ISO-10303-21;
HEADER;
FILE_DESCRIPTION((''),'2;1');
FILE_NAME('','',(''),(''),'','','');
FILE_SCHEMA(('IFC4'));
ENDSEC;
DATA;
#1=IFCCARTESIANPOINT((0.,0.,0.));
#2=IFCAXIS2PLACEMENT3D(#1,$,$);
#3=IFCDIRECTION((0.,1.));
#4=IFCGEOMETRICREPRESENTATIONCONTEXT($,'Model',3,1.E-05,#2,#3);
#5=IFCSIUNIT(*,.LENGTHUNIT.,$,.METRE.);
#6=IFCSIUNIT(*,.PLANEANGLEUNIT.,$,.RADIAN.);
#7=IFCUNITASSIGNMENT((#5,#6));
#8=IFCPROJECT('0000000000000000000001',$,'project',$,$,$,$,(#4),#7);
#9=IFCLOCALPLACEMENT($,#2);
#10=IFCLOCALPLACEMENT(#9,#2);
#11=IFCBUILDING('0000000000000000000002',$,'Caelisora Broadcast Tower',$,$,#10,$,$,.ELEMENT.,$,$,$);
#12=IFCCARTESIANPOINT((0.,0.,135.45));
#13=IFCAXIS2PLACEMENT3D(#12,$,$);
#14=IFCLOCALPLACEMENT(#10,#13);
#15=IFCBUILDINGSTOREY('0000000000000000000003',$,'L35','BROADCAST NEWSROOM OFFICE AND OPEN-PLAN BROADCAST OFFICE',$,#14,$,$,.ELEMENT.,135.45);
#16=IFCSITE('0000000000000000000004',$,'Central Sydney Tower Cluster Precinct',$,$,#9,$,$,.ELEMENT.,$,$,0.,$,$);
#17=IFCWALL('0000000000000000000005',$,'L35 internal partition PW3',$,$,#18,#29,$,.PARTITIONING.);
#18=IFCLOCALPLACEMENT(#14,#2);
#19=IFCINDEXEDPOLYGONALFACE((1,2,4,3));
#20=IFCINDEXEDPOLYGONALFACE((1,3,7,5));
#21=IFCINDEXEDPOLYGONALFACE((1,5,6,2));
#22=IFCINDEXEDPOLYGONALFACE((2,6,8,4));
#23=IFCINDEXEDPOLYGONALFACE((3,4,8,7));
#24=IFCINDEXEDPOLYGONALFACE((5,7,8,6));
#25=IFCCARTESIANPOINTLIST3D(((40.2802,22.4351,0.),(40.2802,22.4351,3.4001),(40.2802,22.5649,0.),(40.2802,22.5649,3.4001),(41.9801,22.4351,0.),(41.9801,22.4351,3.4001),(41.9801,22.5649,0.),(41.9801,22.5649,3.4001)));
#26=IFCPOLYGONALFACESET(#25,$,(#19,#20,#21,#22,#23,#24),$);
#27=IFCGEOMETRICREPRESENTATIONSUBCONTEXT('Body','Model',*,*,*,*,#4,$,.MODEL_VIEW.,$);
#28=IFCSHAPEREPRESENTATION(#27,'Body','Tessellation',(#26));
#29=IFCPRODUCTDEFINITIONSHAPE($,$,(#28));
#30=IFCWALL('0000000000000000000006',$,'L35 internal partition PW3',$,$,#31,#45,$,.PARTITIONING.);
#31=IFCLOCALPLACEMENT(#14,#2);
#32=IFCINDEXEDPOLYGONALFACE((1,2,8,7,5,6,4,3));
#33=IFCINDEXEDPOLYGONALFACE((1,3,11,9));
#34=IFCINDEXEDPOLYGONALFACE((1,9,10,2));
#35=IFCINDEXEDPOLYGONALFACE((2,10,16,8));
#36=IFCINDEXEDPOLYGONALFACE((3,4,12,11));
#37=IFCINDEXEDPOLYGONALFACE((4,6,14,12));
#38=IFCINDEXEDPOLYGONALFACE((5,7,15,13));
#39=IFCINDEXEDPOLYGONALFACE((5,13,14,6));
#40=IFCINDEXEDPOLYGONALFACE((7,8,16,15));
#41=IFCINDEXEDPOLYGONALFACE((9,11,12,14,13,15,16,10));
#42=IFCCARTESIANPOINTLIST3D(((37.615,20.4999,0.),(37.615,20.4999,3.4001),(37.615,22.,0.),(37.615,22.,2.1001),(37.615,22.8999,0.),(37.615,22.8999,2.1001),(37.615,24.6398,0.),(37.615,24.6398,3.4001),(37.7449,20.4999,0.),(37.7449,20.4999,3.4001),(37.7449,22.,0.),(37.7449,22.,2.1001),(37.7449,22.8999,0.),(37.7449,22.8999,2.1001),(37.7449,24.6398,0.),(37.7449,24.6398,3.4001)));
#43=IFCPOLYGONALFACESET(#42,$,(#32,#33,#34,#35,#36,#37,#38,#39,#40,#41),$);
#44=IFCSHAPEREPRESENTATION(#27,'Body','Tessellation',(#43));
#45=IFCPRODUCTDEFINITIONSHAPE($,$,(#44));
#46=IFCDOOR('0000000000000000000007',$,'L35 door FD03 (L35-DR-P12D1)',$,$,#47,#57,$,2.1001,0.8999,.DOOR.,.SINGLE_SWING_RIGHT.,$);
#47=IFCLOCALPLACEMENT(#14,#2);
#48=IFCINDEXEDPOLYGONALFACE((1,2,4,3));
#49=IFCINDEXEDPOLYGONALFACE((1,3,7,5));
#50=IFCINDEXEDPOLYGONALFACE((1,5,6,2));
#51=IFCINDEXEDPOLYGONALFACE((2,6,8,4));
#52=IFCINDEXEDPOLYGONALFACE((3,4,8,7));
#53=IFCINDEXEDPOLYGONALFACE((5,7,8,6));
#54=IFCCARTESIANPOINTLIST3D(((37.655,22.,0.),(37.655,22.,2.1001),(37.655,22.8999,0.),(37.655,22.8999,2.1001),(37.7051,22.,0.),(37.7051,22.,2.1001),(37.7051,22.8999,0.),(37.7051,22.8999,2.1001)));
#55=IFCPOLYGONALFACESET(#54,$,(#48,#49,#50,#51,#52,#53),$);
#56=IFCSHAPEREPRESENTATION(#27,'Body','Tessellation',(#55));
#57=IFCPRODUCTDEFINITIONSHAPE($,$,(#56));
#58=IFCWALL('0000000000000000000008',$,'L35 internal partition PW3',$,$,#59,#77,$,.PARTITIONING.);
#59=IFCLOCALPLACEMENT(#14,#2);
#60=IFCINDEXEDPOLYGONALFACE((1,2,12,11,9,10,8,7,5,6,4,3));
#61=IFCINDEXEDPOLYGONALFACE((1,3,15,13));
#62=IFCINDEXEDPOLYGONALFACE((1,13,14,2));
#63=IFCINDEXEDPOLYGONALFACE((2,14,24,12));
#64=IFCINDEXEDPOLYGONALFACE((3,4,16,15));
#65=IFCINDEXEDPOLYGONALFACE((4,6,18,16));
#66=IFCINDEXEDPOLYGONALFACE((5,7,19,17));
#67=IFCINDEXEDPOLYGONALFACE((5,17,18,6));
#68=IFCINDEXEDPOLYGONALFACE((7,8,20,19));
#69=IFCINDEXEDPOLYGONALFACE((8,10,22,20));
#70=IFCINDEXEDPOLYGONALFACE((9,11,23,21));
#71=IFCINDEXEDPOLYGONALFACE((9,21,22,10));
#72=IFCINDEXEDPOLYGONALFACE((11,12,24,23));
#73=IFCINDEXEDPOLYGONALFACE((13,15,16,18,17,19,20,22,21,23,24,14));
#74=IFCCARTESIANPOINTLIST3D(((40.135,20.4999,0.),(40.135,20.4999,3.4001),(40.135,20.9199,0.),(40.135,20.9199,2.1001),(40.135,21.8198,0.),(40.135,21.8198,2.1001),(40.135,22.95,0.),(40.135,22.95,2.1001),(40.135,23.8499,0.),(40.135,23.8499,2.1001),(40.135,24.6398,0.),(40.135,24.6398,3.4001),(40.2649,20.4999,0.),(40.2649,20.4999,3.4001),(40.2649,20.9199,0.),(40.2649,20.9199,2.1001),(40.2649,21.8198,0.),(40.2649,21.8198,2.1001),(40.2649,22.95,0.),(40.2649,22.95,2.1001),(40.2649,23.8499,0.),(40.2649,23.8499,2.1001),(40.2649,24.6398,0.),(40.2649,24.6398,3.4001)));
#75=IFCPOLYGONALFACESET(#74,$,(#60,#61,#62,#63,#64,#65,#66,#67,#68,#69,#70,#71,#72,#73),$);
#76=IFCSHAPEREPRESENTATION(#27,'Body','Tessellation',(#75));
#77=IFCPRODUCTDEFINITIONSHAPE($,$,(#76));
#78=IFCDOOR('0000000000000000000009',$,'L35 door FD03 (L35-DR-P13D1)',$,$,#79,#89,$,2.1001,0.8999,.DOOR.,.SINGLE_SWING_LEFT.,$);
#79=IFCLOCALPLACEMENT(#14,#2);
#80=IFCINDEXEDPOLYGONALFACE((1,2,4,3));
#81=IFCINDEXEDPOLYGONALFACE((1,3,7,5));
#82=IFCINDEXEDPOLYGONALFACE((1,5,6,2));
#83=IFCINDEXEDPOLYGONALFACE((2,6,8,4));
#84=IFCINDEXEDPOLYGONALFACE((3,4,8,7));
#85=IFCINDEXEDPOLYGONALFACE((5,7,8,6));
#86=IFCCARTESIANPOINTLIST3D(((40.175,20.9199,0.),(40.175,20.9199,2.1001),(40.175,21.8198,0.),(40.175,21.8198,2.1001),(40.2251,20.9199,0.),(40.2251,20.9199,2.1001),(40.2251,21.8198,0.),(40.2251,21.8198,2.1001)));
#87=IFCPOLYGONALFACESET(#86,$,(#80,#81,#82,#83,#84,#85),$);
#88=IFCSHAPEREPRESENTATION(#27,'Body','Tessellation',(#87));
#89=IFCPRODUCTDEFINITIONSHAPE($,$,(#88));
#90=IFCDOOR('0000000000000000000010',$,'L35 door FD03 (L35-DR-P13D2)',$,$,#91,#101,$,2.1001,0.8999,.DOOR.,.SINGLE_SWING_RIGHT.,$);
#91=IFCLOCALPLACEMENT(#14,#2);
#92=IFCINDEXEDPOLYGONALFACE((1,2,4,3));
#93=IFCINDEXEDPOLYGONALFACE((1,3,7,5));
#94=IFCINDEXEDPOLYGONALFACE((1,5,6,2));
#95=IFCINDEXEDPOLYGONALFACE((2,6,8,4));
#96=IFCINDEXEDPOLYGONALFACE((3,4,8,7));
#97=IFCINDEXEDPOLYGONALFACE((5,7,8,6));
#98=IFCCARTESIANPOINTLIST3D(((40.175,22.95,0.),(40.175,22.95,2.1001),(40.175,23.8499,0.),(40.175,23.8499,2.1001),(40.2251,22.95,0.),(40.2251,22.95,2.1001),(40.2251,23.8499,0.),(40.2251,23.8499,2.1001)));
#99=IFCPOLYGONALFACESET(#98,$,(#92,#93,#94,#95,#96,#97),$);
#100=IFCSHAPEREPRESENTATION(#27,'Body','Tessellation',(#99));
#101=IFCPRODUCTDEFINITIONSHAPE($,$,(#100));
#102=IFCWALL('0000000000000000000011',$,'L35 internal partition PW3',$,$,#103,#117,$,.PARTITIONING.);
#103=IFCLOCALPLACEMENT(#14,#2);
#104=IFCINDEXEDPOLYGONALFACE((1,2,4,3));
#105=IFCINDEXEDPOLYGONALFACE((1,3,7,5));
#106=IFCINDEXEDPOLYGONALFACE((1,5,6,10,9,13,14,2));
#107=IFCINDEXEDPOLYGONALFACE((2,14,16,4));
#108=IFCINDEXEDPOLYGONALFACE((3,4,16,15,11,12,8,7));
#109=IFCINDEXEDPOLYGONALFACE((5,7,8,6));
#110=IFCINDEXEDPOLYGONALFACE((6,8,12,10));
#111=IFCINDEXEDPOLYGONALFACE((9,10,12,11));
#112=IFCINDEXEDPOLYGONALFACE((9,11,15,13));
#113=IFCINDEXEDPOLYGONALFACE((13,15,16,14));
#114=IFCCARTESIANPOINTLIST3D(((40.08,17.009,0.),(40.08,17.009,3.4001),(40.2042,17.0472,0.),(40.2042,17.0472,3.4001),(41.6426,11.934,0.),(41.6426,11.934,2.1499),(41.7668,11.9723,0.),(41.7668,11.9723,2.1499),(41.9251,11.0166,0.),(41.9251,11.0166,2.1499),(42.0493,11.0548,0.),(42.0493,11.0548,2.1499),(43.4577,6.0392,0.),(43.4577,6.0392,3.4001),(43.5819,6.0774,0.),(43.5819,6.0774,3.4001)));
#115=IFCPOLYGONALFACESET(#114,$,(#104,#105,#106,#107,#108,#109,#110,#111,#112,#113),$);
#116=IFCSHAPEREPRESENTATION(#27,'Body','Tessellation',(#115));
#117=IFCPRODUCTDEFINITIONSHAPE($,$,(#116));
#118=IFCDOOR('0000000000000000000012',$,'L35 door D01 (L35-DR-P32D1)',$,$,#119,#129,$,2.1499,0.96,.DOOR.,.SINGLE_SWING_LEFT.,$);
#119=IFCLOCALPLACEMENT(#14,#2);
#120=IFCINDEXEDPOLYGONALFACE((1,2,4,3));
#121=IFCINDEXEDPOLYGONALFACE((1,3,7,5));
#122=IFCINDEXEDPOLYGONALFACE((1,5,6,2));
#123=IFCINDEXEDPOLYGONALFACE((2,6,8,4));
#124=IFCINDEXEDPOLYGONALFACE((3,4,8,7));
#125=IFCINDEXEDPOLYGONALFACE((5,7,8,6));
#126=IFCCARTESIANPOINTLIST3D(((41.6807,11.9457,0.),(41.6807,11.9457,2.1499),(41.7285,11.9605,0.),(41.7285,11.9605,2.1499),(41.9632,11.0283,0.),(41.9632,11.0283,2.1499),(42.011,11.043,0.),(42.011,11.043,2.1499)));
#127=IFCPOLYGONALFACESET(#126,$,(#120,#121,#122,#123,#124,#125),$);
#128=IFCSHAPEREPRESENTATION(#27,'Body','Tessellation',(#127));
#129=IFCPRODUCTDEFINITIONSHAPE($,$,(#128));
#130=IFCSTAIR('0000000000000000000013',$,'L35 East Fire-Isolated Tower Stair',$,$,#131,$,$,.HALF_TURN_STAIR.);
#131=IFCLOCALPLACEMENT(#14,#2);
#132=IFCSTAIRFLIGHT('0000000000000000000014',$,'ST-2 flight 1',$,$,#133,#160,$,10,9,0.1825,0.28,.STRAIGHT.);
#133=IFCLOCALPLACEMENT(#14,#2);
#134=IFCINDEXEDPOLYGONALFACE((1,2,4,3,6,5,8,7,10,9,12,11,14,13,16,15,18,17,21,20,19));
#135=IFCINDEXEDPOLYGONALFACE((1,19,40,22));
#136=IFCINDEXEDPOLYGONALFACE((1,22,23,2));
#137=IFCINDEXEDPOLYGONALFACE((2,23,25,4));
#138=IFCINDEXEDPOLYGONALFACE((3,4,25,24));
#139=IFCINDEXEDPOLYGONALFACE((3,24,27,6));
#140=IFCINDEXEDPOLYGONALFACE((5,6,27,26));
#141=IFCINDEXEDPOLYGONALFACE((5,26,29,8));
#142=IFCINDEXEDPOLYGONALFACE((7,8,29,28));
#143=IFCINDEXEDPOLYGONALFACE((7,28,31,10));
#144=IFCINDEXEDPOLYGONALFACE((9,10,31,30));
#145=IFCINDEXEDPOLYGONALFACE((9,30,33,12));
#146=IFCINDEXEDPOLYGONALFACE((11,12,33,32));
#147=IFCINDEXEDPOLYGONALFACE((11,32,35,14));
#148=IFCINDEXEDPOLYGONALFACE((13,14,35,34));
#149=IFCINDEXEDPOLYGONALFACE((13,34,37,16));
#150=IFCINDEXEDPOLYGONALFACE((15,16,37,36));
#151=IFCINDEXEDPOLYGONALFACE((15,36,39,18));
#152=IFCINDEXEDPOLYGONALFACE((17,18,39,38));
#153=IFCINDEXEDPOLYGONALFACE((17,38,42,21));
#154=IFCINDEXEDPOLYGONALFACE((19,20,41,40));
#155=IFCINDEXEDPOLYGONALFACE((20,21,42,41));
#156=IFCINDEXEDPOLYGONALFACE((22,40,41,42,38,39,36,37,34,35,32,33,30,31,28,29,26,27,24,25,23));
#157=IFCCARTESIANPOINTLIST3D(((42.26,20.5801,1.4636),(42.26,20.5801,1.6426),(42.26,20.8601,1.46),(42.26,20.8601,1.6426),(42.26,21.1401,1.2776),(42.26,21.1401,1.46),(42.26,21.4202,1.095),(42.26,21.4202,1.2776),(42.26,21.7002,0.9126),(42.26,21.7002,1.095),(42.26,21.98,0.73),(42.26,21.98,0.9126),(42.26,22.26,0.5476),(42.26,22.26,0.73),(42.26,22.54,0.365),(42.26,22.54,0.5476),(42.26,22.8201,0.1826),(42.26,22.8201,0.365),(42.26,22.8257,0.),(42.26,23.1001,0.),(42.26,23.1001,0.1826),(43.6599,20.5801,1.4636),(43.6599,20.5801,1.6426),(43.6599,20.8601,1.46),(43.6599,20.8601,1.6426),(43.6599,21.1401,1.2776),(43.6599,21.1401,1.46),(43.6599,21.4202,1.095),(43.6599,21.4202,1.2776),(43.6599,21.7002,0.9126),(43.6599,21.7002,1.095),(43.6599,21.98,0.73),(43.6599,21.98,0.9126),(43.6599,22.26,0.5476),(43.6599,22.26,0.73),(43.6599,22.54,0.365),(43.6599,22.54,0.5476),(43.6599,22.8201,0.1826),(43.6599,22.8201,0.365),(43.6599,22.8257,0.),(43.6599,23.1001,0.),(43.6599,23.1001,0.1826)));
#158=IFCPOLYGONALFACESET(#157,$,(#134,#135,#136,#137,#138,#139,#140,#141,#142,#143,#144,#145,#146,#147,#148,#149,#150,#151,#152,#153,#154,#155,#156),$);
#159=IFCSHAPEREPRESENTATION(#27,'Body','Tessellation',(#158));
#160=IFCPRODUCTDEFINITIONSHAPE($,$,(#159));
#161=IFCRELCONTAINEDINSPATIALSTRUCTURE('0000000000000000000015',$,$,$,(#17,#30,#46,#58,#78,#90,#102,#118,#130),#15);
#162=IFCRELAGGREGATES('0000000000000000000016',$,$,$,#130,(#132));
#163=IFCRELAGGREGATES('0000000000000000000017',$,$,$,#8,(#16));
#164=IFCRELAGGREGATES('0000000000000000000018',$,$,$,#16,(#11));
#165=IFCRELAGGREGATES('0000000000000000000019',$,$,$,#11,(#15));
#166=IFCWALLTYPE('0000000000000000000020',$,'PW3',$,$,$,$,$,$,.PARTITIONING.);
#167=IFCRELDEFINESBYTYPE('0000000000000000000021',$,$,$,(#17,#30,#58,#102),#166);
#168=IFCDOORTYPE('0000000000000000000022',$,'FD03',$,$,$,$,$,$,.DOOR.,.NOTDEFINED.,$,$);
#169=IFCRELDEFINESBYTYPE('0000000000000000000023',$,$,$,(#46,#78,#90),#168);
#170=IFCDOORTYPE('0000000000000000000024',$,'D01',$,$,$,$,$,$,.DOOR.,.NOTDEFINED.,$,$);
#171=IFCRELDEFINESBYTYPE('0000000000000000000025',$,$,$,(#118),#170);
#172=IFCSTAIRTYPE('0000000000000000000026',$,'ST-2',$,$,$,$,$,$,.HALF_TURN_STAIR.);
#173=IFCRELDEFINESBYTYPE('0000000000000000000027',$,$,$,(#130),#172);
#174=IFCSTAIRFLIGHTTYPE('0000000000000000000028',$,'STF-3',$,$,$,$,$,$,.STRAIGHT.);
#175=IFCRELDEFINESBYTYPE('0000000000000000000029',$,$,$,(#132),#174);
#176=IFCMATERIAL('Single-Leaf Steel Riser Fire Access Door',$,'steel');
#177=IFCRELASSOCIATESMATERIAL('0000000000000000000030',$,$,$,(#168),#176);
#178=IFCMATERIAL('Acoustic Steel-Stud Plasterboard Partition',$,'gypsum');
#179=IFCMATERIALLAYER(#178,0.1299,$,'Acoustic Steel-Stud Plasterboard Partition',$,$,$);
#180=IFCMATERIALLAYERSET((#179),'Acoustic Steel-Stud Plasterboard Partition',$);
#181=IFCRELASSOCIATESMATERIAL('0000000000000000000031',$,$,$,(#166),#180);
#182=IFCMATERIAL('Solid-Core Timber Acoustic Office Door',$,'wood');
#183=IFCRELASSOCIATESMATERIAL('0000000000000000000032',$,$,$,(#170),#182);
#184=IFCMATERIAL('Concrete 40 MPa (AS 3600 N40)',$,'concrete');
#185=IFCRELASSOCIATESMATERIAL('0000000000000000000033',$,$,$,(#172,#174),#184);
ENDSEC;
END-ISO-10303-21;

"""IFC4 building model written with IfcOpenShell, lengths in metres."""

from ifc_helpers import new_model, si_unit, direction, frame, frame_2d, origin, place, context, subcontext, project, spatial, polyline, rectangle, outline, extrude, material, layer, layer_set, type_object, element, fill, aggregate, save


model = new_model("IFC4")

# Units and contexts
model_context = context("Model", 3, precision=1e-05, world=origin(), true_north=direction((0.0, 1.0)))
body_context = subcontext(model_context, "Body", "Model", "MODEL_VIEW")
ifc_project = project(units=[si_unit("LENGTHUNIT", "METRE"), si_unit("PLANEANGLEUNIT", "RADIAN")], contexts=[model_context])

# Site, building, storey
site_placement = place(None, origin())
site = spatial("IfcSite", under=ifc_project, at=site_placement, Name="Central Sydney Tower Cluster Precinct", CompositionType="ELEMENT", RefElevation=0.0)
building_placement = place(site_placement, origin())
building = spatial("IfcBuilding", under=site, at=building_placement, Name="Caelisora Broadcast Tower", CompositionType="ELEMENT")
storey_placement = place(building_placement, frame((0.0, 0.0, 135.45)))
storey = spatial("IfcBuildingStorey", under=building, at=storey_placement, Name="L35", Description="BROADCAST NEWSROOM OFFICE AND OPEN-PLAN BROADCAST OFFICE", CompositionType="ELEMENT", Elevation=135.45)

# Shared definitions
ifc_material_1 = material(Name="Single-Leaf Steel Riser Fire Access Door", Category="steel")
door_type_1 = type_object("IfcDoorType", Name="FD03", OperationType="NOTDEFINED", PredefinedType="DOOR", material=ifc_material_1)

# Wall
ifc_material_2 = material(Name="Acoustic Steel-Stud Plasterboard Partition", Category="gypsum")
ifc_layer_1 = layer(ifc_material_2, 0.1299, Name="Acoustic Steel-Stud Plasterboard Partition")
ifc_layer_set_1 = layer_set([ifc_layer_1], Name="Acoustic Steel-Stud Plasterboard Partition")
wall_type_1 = type_object("IfcWallType", Name="PW3", PredefinedType="PARTITIONING", material=ifc_layer_set_1)
wall_1_placement = place(storey_placement, frame((40.28, 22.5, 0.0), z_axis=(0.0, 0.0, 1.0), x_axis=(1.0, 0.0, 0.0)))
element("IfcWall", 1, at=wall_1_placement, inside=storey, type_object=wall_type_1, Name="L35 internal partition PW3", PredefinedType="PARTITIONING", context=body_context, shape_type="SweptSolid", body=[
    extrude(rectangle(XDim=1.7, YDim=0.1299, at=frame_2d((0.8501, 0.0))), origin(), (0.0, 0.0, 1.0), 3.4001),
])

# Wall, opening, door
wall_2_placement = place(storey_placement, frame((37.6799, 20.5, 0.0), z_axis=(0.0, 0.0, 1.0), x_axis=(0.0, 1.0, 0.0)))
wall_2 = element("IfcWall", 2, at=wall_2_placement, inside=storey, type_object=wall_type_1, Name="L35 internal partition PW3", PredefinedType="PARTITIONING", context=body_context, shape_type="SweptSolid", body=[
    extrude(rectangle(XDim=4.1399, YDim=0.1299, at=frame_2d((2.0698, 0.0))), origin(), (0.0, 0.0, 1.0), 3.4001),
])
opening_1_placement = place(wall_2_placement, frame((1.5, 0.0, 0.0)))
opening_1 = element("IfcOpeningElement", 3, at=opening_1_placement, cuts=wall_2, PredefinedType="OPENING", context=body_context, shape_type="SweptSolid", body=[
    extrude(rectangle(XDim=0.8999, YDim=2.1001, at=frame_2d((0.45, 1.05))), frame((0.0, 0.0769, 0.0), z_axis=(0.0, -1.0, 0.0), x_axis=(1.0, 0.0, 0.0)), (0.0, 0.0, 1.0), 0.1538),
])
door_1_placement = place(opening_1_placement, origin())
door_1 = element("IfcDoor", 4, at=door_1_placement, inside=storey, type_object=door_type_1, Name="L35 door FD03 (L35-DR-P12D1)", OperationType="SINGLE_SWING_RIGHT", OverallHeight=2.1001, OverallWidth=0.8999, PredefinedType="DOOR", context=body_context, shape_type="SweptSolid", body=[
    extrude(rectangle(XDim=0.8999, YDim=2.1001, at=frame_2d((0.45, 1.05))), frame((0.0, 0.0249, 0.0), z_axis=(0.0, -1.0, 0.0), x_axis=(1.0, 0.0, 0.0)), (0.0, 0.0, 1.0), 0.05),
])
fill(opening_1, door_1)

# Wall, openings, doors
wall_3_placement = place(storey_placement, frame((40.2, 20.5, 0.0), z_axis=(0.0, 0.0, 1.0), x_axis=(0.0, 1.0, 0.0)))
wall_3 = element("IfcWall", 5, at=wall_3_placement, inside=storey, type_object=wall_type_1, Name="L35 internal partition PW3", PredefinedType="PARTITIONING", context=body_context, shape_type="SweptSolid", body=[
    extrude(rectangle(XDim=4.1399, YDim=0.1299, at=frame_2d((2.0698, 0.0))), origin(), (0.0, 0.0, 1.0), 3.4001),
])
opening_2_placement = place(wall_3_placement, frame((0.4199, 0.0, 0.0)))
opening_2 = element("IfcOpeningElement", 6, at=opening_2_placement, cuts=wall_3, PredefinedType="OPENING", context=body_context, shape_type="SweptSolid", body=[
    extrude(rectangle(XDim=0.8999, YDim=2.1001, at=frame_2d((0.45, 1.05))), frame((0.0, 0.0769, 0.0), z_axis=(0.0, -1.0, 0.0), x_axis=(1.0, 0.0, 0.0)), (0.0, 0.0, 1.0), 0.1538),
])
opening_3_placement = place(wall_3_placement, frame((2.45, 0.0, 0.0)))
opening_3 = element("IfcOpeningElement", 7, at=opening_3_placement, cuts=wall_3, PredefinedType="OPENING", context=body_context, shape_type="SweptSolid", body=[
    extrude(rectangle(XDim=0.8999, YDim=2.1001, at=frame_2d((0.45, 1.05))), frame((0.0, 0.0769, 0.0), z_axis=(0.0, -1.0, 0.0), x_axis=(1.0, 0.0, 0.0)), (0.0, 0.0, 1.0), 0.1538),
])
door_2_placement = place(opening_2_placement, origin())
door_2 = element("IfcDoor", 8, at=door_2_placement, inside=storey, type_object=door_type_1, Name="L35 door FD03 (L35-DR-P13D1)", OperationType="SINGLE_SWING_LEFT", OverallHeight=2.1001, OverallWidth=0.8999, PredefinedType="DOOR", context=body_context, shape_type="SweptSolid", body=[
    extrude(rectangle(XDim=0.8999, YDim=2.1001, at=frame_2d((0.45, 1.05))), frame((0.0, 0.0249, 0.0), z_axis=(0.0, -1.0, 0.0), x_axis=(1.0, 0.0, 0.0)), (0.0, 0.0, 1.0), 0.05),
])
fill(opening_2, door_2)
door_3_placement = place(opening_3_placement, origin())
door_3 = element("IfcDoor", 9, at=door_3_placement, inside=storey, type_object=door_type_1, Name="L35 door FD03 (L35-DR-P13D2)", OperationType="SINGLE_SWING_RIGHT", OverallHeight=2.1001, OverallWidth=0.8999, PredefinedType="DOOR", context=body_context, shape_type="SweptSolid", body=[
    extrude(rectangle(XDim=0.8999, YDim=2.1001, at=frame_2d((0.45, 1.05))), frame((0.0, 0.0249, 0.0), z_axis=(0.0, -1.0, 0.0), x_axis=(1.0, 0.0, 0.0)), (0.0, 0.0, 1.0), 0.05),
])
fill(opening_3, door_3)

# Wall, opening, door
wall_4_placement = place(storey_placement, frame((40.1421, 17.0281, 0.0), z_axis=(0.0, 0.0, 1.0), x_axis=(0.294276, -0.955721, 0.0)))
wall_4 = element("IfcWall", 10, at=wall_4_placement, inside=storey, type_object=wall_type_1, Name="L35 internal partition PW3", PredefinedType="PARTITIONING", context=body_context, shape_type="SweptSolid", body=[
    extrude(rectangle(XDim=11.478, YDim=0.1299, at=frame_2d((5.739, 0.0))), origin(), (0.0, 0.0, 1.0), 3.4001),
])
opening_4_placement = place(wall_4_placement, frame((5.3101, 0.0, 0.0)))
opening_4 = element("IfcOpeningElement", 11, at=opening_4_placement, cuts=wall_4, PredefinedType="OPENING", context=body_context, shape_type="SweptSolid", body=[
    extrude(rectangle(XDim=0.96, YDim=2.1499, at=frame_2d((0.48, 1.075))), frame((0.0, 0.0769, 0.0), z_axis=(0.0, -1.0, 0.0), x_axis=(1.0, 0.0, 0.0)), (0.0, 0.0, 1.0), 0.1538),
])
ifc_material_3 = material(Name="Solid-Core Timber Acoustic Office Door", Category="wood")
door_type_2 = type_object("IfcDoorType", Name="D01", OperationType="NOTDEFINED", PredefinedType="DOOR", material=ifc_material_3)
door_4_placement = place(opening_4_placement, origin())
door_4 = element("IfcDoor", 12, at=door_4_placement, inside=storey, type_object=door_type_2, Name="L35 door D01 (L35-DR-P32D1)", OperationType="SINGLE_SWING_LEFT", OverallHeight=2.1499, OverallWidth=0.96, PredefinedType="DOOR", context=body_context, shape_type="SweptSolid", body=[
    extrude(rectangle(XDim=0.96, YDim=2.1499, at=frame_2d((0.48, 1.075))), frame((0.0, 0.0249, 0.0), z_axis=(0.0, -1.0, 0.0), x_axis=(1.0, 0.0, 0.0)), (0.0, 0.0, 1.0), 0.05),
])
fill(opening_4, door_4)

# Stair, stair flight
ifc_material_4 = material(Name="Concrete 40 MPa (AS 3600 N40)", Category="concrete")
stair_type = type_object("IfcStairType", Name="ST-2", PredefinedType="HALF_TURN_STAIR", material=ifc_material_4)
stair_placement = place(storey_placement, origin())
stair = element("IfcStair", 13, at=stair_placement, inside=storey, type_object=stair_type, Name="L35 East Fire-Isolated Tower Stair", PredefinedType="HALF_TURN_STAIR")
stair_flight_type = type_object("IfcStairFlightType", Name="STF-3", PredefinedType="STRAIGHT", material=ifc_material_4)
stair_flight_1_placement = place(storey_placement, frame((42.96, 23.1001, 0.0), z_axis=(0.0, 0.0, 1.0), x_axis=(0.0, -1.0, 0.0)))
stair_flight_1 = element("IfcStairFlight", 14, at=stair_flight_1_placement, type_object=stair_flight_type, Name="ST-2 flight 1", NumberOfRisers=10, NumberOfTreads=9, PredefinedType="STRAIGHT", RiserHeight=0.1825, TreadLength=0.28, context=body_context, shape_type="SweptSolid", body=[
    extrude(outline(polyline([(0.0, 0.0), (0.0, 0.1826), (0.28, 0.1826), (0.28, 0.365), (0.5601, 0.365), (0.5601, 0.5476), (0.8401, 0.5476), (0.8401, 0.73), (1.1201, 0.73), (1.1201, 0.9126), (1.3999, 0.9126), (1.3999, 1.095), (1.6799, 1.095), (1.6799, 1.2776), (1.96, 1.2776), (1.96, 1.46), (2.24, 1.46), (2.24, 1.6426), (2.52, 1.6426), (2.52, 1.825), (2.52, 1.4636), (0.2744, 0.0), (0.0, 0.0)])), frame((0.0, 0.7, 0.0), z_axis=(0.0, -1.0, 0.0), x_axis=(1.0, 0.0, 0.0)), (0.0, 0.0, 1.0), 1.3999),
])
aggregate(stair, [stair_flight_1])

save(model, "model.ifc")
